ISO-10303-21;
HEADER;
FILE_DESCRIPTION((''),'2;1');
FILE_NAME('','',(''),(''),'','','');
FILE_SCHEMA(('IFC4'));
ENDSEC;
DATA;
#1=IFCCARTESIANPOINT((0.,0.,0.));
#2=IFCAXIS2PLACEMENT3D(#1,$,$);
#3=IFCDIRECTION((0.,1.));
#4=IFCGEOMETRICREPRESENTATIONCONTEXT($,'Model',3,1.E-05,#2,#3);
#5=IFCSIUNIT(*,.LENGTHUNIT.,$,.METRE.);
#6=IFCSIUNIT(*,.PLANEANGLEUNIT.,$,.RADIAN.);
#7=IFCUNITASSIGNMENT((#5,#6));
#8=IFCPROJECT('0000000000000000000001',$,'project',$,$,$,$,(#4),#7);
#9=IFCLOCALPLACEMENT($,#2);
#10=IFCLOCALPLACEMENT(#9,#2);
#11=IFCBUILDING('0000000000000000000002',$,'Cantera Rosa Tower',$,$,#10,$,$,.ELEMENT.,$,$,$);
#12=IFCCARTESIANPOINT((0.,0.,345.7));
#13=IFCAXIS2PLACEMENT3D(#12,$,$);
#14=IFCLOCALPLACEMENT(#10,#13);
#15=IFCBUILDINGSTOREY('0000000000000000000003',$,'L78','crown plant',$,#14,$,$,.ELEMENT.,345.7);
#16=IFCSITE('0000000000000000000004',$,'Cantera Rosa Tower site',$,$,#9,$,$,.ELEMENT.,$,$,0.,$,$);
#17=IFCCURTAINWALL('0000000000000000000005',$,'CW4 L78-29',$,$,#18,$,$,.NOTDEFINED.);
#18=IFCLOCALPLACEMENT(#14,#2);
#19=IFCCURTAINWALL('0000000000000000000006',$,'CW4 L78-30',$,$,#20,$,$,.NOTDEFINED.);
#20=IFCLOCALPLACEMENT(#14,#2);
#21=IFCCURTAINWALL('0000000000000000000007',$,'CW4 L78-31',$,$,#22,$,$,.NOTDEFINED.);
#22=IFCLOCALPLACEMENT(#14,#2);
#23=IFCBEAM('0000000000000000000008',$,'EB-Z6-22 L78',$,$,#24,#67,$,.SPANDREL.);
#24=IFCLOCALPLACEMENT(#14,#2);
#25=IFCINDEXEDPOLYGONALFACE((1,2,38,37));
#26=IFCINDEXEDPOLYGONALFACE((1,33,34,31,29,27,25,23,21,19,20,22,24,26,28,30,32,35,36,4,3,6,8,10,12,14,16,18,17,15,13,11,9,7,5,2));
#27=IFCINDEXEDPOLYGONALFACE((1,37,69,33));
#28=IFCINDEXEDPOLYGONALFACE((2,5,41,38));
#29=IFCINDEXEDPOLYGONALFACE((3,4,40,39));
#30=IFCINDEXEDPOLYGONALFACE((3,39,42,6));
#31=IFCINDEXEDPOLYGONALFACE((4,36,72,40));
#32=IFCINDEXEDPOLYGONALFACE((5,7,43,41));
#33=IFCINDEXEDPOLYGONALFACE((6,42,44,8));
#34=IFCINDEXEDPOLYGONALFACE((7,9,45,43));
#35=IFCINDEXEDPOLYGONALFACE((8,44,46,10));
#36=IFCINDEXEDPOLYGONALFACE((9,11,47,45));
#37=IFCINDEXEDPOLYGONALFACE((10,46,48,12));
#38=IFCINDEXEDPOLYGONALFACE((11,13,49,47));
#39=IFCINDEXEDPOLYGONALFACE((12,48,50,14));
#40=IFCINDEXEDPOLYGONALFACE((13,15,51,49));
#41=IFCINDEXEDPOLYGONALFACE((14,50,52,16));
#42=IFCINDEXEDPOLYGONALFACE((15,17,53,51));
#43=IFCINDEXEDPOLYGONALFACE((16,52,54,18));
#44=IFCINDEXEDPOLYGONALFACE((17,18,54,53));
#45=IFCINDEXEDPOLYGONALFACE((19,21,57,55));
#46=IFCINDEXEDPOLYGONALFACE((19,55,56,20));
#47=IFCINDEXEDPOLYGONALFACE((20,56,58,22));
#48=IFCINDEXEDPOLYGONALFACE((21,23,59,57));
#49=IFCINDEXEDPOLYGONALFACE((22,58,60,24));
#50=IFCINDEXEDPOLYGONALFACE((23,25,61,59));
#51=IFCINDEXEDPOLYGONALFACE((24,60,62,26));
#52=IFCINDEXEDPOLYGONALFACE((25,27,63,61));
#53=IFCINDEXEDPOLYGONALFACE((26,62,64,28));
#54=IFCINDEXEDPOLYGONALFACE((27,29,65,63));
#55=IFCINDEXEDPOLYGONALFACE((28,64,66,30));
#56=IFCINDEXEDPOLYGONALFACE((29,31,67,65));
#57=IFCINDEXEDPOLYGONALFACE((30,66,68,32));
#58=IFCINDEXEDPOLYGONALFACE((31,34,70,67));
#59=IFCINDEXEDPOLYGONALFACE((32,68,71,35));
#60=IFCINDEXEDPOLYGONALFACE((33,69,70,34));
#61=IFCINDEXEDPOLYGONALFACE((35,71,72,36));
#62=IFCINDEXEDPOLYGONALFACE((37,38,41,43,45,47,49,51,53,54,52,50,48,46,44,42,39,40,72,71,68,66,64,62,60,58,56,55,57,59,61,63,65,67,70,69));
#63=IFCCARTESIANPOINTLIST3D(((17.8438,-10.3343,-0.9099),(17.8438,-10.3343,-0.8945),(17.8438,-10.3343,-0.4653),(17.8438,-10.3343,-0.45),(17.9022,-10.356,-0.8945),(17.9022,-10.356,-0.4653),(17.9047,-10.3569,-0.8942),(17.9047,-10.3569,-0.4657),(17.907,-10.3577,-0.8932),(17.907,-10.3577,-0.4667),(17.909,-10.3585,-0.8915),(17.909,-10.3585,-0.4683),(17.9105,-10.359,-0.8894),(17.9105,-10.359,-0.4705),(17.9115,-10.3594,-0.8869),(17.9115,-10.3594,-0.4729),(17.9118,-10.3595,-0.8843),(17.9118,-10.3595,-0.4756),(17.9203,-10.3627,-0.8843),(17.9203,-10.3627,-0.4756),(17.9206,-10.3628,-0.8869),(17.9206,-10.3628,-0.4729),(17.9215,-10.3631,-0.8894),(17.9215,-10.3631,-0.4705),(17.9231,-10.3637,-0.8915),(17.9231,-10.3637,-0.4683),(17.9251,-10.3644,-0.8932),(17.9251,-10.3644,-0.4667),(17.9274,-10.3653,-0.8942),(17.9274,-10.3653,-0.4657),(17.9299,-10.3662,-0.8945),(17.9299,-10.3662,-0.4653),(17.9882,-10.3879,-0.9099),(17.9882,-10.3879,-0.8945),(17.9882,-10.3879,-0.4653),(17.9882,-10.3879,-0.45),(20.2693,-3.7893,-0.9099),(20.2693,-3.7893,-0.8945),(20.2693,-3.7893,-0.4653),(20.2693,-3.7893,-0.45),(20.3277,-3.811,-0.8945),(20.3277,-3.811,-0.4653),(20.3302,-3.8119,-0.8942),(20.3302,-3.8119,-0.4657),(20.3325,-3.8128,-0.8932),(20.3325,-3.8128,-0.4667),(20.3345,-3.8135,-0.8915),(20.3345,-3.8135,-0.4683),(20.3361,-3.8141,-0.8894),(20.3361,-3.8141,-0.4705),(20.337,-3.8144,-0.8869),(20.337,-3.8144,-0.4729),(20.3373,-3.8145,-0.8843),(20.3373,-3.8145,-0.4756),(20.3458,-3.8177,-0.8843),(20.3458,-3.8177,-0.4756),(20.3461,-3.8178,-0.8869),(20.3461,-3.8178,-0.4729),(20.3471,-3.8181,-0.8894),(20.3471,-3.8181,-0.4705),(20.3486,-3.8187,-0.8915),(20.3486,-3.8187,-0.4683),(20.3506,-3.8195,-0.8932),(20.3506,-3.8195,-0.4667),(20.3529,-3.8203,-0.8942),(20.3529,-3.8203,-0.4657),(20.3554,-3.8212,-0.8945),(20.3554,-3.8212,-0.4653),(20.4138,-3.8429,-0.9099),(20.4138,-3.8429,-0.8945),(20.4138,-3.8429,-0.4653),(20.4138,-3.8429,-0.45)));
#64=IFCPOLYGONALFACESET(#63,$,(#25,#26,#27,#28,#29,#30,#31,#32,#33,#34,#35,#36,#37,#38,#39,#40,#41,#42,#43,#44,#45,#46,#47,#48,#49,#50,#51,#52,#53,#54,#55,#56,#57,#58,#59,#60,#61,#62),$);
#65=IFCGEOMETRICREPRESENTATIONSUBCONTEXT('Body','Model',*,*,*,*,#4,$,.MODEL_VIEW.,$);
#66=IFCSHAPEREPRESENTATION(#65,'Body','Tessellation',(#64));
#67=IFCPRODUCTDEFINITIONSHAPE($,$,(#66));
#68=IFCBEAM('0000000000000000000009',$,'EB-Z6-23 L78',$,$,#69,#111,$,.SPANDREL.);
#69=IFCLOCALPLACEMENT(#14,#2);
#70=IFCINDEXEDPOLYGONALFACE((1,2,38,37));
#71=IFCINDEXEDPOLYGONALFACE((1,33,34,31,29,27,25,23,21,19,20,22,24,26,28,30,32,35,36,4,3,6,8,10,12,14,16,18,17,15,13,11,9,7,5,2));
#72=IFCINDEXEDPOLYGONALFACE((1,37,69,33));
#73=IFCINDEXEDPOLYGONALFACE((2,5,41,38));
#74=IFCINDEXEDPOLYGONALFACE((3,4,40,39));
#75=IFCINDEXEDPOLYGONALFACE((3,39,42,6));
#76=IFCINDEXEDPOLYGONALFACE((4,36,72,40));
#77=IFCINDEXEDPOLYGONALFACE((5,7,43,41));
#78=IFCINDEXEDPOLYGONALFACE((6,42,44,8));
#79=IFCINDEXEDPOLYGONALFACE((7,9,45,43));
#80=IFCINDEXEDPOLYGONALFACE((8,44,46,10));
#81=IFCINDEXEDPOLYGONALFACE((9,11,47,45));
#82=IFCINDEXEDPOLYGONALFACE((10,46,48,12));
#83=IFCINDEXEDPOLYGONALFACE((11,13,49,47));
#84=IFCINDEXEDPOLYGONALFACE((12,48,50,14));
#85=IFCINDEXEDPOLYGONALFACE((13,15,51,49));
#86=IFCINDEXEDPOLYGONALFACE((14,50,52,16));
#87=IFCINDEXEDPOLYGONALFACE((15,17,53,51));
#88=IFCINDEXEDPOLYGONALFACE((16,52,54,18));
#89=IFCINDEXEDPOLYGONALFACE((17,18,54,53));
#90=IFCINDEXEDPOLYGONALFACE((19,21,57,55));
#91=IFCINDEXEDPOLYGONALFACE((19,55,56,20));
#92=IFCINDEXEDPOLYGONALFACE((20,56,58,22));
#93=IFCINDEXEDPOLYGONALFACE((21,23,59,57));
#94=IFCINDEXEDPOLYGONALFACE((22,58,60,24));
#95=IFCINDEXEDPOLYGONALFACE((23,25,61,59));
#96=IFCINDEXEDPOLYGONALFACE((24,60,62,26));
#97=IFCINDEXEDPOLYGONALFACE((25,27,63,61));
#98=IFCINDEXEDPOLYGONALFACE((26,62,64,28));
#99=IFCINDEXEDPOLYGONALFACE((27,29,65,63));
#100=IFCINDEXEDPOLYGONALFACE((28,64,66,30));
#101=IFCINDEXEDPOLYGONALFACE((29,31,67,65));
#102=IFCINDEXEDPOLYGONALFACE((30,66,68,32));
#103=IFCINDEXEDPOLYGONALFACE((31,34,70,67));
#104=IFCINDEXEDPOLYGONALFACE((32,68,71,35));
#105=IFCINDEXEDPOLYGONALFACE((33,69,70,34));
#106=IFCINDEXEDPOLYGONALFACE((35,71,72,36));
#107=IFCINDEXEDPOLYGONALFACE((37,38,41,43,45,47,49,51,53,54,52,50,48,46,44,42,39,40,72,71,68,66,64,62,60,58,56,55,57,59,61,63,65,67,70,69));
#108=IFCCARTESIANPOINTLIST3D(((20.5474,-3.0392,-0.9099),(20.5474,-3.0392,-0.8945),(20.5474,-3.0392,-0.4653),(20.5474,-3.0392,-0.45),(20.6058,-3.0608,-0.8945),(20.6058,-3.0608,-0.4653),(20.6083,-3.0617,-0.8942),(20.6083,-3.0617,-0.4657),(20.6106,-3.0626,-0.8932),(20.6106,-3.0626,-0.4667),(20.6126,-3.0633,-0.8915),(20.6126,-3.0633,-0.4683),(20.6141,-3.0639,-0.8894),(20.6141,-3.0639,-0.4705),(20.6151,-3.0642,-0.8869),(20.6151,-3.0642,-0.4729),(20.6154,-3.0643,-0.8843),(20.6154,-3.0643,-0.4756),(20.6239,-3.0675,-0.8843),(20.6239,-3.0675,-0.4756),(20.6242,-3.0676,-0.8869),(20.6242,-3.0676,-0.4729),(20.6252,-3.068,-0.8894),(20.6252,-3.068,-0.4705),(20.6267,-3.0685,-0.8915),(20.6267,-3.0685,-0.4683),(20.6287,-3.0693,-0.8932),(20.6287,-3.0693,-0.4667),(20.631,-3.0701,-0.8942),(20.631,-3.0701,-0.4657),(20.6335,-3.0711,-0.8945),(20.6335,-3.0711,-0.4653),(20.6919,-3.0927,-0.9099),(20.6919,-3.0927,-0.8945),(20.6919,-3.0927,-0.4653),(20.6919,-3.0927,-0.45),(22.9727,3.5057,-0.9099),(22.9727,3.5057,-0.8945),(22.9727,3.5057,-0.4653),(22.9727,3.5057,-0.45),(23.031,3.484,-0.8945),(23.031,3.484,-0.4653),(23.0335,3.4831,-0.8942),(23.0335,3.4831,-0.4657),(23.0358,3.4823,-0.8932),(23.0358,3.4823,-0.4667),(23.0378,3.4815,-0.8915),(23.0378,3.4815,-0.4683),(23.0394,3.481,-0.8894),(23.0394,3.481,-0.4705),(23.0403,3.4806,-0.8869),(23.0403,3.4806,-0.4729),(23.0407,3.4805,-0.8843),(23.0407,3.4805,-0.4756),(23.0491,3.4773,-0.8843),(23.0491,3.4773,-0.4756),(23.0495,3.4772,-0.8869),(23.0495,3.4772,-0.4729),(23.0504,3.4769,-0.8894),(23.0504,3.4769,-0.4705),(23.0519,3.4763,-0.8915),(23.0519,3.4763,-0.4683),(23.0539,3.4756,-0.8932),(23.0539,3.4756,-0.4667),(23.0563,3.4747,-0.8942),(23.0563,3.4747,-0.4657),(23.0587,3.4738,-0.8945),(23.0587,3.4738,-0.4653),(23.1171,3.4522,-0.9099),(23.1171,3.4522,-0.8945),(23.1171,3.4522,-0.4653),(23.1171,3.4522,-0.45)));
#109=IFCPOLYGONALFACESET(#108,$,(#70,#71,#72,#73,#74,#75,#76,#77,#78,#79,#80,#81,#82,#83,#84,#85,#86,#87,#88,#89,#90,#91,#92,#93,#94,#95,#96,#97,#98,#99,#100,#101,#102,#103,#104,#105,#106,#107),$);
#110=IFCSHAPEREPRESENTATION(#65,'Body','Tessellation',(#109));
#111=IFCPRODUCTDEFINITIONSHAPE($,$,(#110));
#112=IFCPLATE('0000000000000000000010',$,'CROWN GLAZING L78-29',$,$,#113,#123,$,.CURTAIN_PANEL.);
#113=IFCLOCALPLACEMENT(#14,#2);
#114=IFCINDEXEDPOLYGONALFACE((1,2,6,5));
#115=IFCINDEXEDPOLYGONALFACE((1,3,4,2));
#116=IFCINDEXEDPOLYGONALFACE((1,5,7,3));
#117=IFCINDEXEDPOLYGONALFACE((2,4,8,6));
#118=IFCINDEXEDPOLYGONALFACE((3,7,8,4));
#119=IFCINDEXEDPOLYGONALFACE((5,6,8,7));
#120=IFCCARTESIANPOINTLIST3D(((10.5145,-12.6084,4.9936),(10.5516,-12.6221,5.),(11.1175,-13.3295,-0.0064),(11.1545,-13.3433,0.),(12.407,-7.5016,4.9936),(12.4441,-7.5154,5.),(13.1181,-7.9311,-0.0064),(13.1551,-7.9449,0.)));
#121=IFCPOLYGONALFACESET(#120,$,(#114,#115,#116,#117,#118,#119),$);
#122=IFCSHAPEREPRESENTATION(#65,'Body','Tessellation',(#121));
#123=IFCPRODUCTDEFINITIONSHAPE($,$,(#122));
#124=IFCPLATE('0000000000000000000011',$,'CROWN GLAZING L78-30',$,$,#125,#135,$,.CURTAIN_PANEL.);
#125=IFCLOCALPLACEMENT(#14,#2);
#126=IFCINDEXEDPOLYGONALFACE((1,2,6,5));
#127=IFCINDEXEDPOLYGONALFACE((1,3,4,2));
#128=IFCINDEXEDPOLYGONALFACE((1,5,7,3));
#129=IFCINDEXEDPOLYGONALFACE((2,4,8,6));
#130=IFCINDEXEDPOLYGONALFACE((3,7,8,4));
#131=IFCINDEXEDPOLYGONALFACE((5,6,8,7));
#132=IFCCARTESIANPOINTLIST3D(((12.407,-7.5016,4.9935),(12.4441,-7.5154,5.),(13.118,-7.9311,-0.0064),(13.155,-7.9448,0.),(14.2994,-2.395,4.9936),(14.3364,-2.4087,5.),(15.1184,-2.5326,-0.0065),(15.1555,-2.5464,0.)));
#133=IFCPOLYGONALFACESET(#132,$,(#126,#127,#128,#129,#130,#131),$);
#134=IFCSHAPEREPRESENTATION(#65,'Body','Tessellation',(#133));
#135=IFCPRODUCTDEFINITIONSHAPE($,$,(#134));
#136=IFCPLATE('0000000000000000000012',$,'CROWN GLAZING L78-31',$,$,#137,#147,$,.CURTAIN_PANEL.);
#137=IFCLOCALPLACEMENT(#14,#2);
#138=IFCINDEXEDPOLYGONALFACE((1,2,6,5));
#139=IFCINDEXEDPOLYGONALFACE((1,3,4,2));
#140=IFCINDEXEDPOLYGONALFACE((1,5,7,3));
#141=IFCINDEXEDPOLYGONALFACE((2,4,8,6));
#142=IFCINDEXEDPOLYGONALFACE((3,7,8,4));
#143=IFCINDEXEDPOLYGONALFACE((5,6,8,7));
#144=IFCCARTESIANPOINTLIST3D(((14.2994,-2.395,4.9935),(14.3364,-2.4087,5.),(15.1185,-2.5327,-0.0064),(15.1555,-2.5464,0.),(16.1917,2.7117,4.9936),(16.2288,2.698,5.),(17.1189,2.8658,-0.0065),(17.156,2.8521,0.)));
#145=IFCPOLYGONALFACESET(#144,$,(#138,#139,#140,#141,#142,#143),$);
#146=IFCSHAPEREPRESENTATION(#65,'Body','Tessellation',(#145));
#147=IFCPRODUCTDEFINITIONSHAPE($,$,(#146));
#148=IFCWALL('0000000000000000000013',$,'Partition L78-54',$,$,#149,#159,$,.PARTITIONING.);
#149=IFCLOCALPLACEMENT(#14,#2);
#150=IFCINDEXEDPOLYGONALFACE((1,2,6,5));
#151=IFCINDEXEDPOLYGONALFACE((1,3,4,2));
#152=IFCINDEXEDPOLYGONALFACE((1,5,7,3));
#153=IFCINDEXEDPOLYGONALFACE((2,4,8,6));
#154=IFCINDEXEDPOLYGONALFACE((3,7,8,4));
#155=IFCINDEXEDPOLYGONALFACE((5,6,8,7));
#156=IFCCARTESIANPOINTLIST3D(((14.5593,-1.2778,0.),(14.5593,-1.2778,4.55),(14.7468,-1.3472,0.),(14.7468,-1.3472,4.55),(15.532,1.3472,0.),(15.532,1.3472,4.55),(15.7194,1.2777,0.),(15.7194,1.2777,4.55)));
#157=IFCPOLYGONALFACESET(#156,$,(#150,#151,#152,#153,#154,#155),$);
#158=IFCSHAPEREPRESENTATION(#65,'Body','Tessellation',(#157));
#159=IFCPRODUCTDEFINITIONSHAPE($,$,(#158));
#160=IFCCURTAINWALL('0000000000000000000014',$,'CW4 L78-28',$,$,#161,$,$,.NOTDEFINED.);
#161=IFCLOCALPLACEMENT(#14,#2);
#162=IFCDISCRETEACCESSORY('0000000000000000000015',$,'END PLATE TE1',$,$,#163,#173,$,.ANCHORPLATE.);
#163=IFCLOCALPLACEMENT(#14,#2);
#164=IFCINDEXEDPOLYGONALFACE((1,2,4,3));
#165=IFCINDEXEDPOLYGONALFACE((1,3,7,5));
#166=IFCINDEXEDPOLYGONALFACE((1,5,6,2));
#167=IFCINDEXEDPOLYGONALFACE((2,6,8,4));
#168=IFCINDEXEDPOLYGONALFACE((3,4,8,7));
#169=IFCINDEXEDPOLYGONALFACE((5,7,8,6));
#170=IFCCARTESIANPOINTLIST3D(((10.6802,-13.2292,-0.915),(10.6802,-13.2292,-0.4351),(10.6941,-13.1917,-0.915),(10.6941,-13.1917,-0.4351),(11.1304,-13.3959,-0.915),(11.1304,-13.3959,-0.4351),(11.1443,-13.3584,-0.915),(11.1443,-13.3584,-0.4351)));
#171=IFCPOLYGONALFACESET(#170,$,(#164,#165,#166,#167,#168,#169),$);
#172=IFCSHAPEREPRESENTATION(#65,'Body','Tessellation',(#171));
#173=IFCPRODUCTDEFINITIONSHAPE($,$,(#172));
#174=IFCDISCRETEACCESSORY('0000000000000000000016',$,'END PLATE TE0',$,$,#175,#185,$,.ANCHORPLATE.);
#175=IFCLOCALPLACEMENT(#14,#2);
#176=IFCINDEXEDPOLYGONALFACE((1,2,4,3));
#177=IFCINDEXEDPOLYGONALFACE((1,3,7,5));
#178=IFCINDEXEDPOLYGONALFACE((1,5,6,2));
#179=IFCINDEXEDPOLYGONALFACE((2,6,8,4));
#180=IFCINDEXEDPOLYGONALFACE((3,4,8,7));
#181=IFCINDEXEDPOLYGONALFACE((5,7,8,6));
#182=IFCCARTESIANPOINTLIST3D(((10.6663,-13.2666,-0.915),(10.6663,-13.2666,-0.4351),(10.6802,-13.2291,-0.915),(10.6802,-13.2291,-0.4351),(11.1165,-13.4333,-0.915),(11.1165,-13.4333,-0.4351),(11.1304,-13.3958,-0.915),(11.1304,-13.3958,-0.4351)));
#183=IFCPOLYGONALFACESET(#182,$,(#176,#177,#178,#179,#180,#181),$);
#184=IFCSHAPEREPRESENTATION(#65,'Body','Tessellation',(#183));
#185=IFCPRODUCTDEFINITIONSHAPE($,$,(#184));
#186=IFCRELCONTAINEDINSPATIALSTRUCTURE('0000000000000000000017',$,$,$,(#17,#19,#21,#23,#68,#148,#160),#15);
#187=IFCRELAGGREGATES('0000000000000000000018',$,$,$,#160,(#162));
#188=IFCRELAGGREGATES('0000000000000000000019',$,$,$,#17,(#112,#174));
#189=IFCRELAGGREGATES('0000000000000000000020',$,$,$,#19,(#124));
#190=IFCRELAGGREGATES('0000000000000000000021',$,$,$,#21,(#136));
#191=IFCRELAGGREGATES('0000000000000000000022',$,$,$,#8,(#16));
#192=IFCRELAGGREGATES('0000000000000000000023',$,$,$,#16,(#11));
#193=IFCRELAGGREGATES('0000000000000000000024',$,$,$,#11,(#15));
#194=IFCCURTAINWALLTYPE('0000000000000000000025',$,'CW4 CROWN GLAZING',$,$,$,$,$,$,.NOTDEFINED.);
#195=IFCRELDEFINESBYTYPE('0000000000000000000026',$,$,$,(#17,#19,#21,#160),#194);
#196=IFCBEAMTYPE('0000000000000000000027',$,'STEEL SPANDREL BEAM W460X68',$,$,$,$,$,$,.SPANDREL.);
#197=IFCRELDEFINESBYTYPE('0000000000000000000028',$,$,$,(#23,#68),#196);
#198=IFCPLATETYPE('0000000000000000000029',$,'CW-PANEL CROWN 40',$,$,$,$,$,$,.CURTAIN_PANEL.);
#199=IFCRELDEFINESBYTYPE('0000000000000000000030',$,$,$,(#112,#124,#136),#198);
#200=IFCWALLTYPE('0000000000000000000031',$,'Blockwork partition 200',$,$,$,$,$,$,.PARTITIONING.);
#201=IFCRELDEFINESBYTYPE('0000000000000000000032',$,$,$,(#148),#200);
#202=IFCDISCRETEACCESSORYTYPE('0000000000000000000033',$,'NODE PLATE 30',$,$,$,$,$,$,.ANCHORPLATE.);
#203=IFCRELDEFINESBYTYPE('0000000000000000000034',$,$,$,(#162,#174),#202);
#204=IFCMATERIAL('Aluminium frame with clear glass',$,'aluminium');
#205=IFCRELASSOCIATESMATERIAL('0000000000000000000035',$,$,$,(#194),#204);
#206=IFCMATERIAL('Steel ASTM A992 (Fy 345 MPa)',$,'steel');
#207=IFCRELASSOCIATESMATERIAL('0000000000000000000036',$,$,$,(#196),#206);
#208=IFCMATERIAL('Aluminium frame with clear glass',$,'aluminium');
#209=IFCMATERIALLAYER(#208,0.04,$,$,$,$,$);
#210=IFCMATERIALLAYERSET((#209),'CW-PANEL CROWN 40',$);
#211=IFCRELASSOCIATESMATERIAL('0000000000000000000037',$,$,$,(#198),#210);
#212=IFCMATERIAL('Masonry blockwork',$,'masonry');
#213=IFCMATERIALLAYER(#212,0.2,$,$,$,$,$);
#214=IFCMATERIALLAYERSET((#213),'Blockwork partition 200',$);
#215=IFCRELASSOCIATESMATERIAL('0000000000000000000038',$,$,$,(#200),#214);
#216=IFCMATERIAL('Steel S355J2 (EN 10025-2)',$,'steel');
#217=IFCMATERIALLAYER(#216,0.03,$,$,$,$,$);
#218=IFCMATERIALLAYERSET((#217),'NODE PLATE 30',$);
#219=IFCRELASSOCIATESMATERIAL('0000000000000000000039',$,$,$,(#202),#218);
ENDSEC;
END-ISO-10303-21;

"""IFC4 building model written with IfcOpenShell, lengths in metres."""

from ifc_helpers import new_model, si_unit, direction, frame, frame_2d, origin, origin_2d, place, context, subcontext, project, spatial, polyline, rectangle, i_section, outline, extrude, material, layer, layer_set, material_profile, profile_set, type_object, element, aggregate, save


model = new_model("IFC4")

# Units and contexts
model_context = context("Model", 3, precision=1e-05, world=origin(), true_north=direction((0.0, 1.0)))
body_context = subcontext(model_context, "Body", "Model", "MODEL_VIEW")
ifc_project = project(units=[si_unit("LENGTHUNIT", "METRE"), si_unit("PLANEANGLEUNIT", "RADIAN")], contexts=[model_context])

# Site, building, storey
site_placement = place(None, origin())
site = spatial("IfcSite", under=ifc_project, at=site_placement, Name="Cantera Rosa Tower site", CompositionType="ELEMENT", RefElevation=0.0)
building_placement = place(site_placement, origin())
building = spatial("IfcBuilding", under=site, at=building_placement, Name="Cantera Rosa Tower", CompositionType="ELEMENT")
storey_placement = place(building_placement, frame((0.0, 0.0, 345.7)))
storey = spatial("IfcBuildingStorey", under=building, at=storey_placement, Name="L78", Description="crown plant", CompositionType="ELEMENT", Elevation=345.7)

# Curtain walls
ifc_material_1 = material(Name="Aluminium frame with clear glass", Category="aluminium")
curtain_wall_type = type_object("IfcCurtainWallType", Name="CW4 CROWN GLAZING", PredefinedType="NOTDEFINED", material=ifc_material_1)
curtain_wall_1_placement = place(storey_placement, origin())
curtain_wall_1 = element("IfcCurtainWall", 1, at=curtain_wall_1_placement, inside=storey, type_object=curtain_wall_type, Name="CW4 L78-29", PredefinedType="NOTDEFINED")
curtain_wall_2_placement = place(storey_placement, origin())
curtain_wall_2 = element("IfcCurtainWall", 2, at=curtain_wall_2_placement, inside=storey, type_object=curtain_wall_type, Name="CW4 L78-30", PredefinedType="NOTDEFINED")
curtain_wall_3_placement = place(storey_placement, origin())
curtain_wall_3 = element("IfcCurtainWall", 3, at=curtain_wall_3_placement, inside=storey, type_object=curtain_wall_type, Name="CW4 L78-31", PredefinedType="NOTDEFINED")

# Beams
ifc_material_2 = material(Name="Steel ASTM A992 (Fy 345 MPa)", Category="steel")
ifc_material_profile_1 = material_profile(ifc_material_2, i_section(OverallWidth=0.1541, OverallDepth=0.46, WebThickness=0.009, FlangeThickness=0.0154, FilletRadius=0.0103, at=origin_2d()), Name="W460X68")
ifc_profile_set_1 = profile_set([ifc_material_profile_1], Name="Steel ASTM A992 (Fy 345 MPa)")
beam_type_1 = type_object("IfcBeamType", Name="STEEL SPANDREL BEAM W460X68", PredefinedType="SPANDREL", material=ifc_profile_set_1)
beam_1_placement = place(storey_placement, frame((17.916, -10.3611, -0.6799), z_axis=(0.347502, 0.937679, 0.0), x_axis=(-0.937679, 0.347502, 0.0)))
element("IfcBeam", 4, at=beam_1_placement, inside=storey, type_object=beam_type_1, Name="EB-Z6-22 L78", PredefinedType="SPANDREL", context=body_context, shape_type="SweptSolid", body=[
    extrude(i_section(OverallWidth=0.1541, OverallDepth=0.46, WebThickness=0.009, FlangeThickness=0.0154, FilletRadius=0.0103, at=origin_2d()), origin(), (0.0, 0.0, 1.0), 6.98),
])
beam_2_placement = place(storey_placement, frame((20.6196, -3.0659, -0.6799), z_axis=(0.347472, 0.937691, 0.0), x_axis=(-0.937691, 0.347472, 0.0)))
element("IfcBeam", 5, at=beam_2_placement, inside=storey, type_object=beam_type_1, Name="EB-Z6-23 L78", PredefinedType="SPANDREL", context=body_context, shape_type="SweptSolid", body=[
    extrude(i_section(OverallWidth=0.1541, OverallDepth=0.46, WebThickness=0.009, FlangeThickness=0.0154, FilletRadius=0.0103, at=origin_2d()), origin(), (0.0, 0.0, 1.0), 6.9797),
])

# Plates
ifc_material_3 = material(Name="Aluminium frame with clear glass", Category="aluminium")
ifc_layer_1 = layer(ifc_material_3, 0.04)
ifc_layer_set_1 = layer_set([ifc_layer_1], Name="CW-PANEL CROWN 40")
plate_type = type_object("IfcPlateType", Name="CW-PANEL CROWN 40", PredefinedType="CURTAIN_PANEL", material=ifc_layer_set_1)
plate_1_placement = place(storey_placement, frame((11.1545, -13.3433, 0.0), z_axis=(0.92544, -0.342956, 0.161061), x_axis=(0.347493, 0.937683, 0.000003)))
plate_1 = element("IfcPlate", 6, at=plate_1_placement, type_object=plate_type, Name="CROWN GLAZING L78-29", PredefinedType="CURTAIN_PANEL", context=body_context, shape_type="SweptSolid", body=[
    extrude(outline(polyline([(0.0, 0.0), (5.7572, 0.0), (5.9128, 5.0661), (0.4667, 5.0662), (0.0, 0.0)])), origin(), (0.0, 0.0, -1.0), 0.04),
])
plate_2_placement = place(storey_placement, frame((13.155, -7.9448, 0.0), z_axis=(0.92545, -0.342938, 0.161046), x_axis=(0.347474, 0.93769, -0.000001)))
plate_2 = element("IfcPlate", 7, at=plate_2_placement, type_object=plate_type, Name="CROWN GLAZING L78-30", PredefinedType="CURTAIN_PANEL", context=body_context, shape_type="SweptSolid", body=[
    extrude(outline(polyline([(0.0, 0.0), (5.7572, 0.0), (5.6017, 5.0661), (0.1556, 5.0661), (0.0, 0.0)])), origin(), (0.0, 0.0, -1.0), 0.04),
])
plate_3_placement = place(storey_placement, frame((15.1555, -2.5464, 0.0), z_axis=(0.925449, -0.342938, 0.161054), x_axis=(0.347474, 0.93769, -0.000001)))
plate_3 = element("IfcPlate", 8, at=plate_3_placement, type_object=plate_type, Name="CROWN GLAZING L78-31", PredefinedType="CURTAIN_PANEL", context=body_context, shape_type="SweptSolid", body=[
    extrude(outline(polyline([(0.0, 0.0), (5.7572, 0.0), (5.2905, 5.0661), (-0.1555, 5.0661), (0.0, 0.0)])), origin(), (0.0, 0.0, -1.0), 0.04),
])

# Wall
ifc_material_4 = material(Name="Masonry blockwork", Category="masonry")
ifc_layer_2 = layer(ifc_material_4, 0.2)
ifc_layer_set_2 = layer_set([ifc_layer_2], Name="Blockwork partition 200")
wall_type = type_object("IfcWallType", Name="Blockwork partition 200", PredefinedType="PARTITIONING", material=ifc_layer_set_2)
wall_placement = place(storey_placement, frame((14.6531, -1.3125, 0.0), z_axis=(0.0, 0.0, 1.0), x_axis=(0.347451, 0.937698, 0.0)))
element("IfcWall", 9, at=wall_placement, inside=storey, type_object=wall_type, Name="Partition L78-54", PredefinedType="PARTITIONING", context=body_context, shape_type="SweptSolid", body=[
    extrude(rectangle(XDim=2.7993, YDim=0.2, at=frame_2d((1.3997, 0.0))), origin(), (0.0, 0.0, 1.0), 4.55),
])

# Curtain wall, discrete accessory
curtain_wall_4_placement = place(storey_placement, origin())
curtain_wall_4 = element("IfcCurtainWall", 10, at=curtain_wall_4_placement, inside=storey, type_object=curtain_wall_type, Name="CW4 L78-28", PredefinedType="NOTDEFINED")
ifc_material_5 = material(Name="Steel S355J2 (EN 10025-2)", Category="steel")
ifc_layer_3 = layer(ifc_material_5, 0.03)
ifc_layer_set_3 = layer_set([ifc_layer_3], Name="NODE PLATE 30")
discrete_accessory_type = type_object("IfcDiscreteAccessoryType", Name="NODE PLATE 30", PredefinedType="ANCHORPLATE", material=ifc_layer_set_3)
discrete_accessory_1_placement = place(storey_placement, frame((10.6941, -13.1917, -0.4351), z_axis=(0.347331, 0.937743, 0.0), x_axis=(0.937743, -0.347331, 0.0)))
discrete_accessory_1 = element("IfcDiscreteAccessory", 11, at=discrete_accessory_1_placement, type_object=discrete_accessory_type, Name="END PLATE TE1", PredefinedType="ANCHORPLATE", context=body_context, shape_type="SweptSolid", body=[
    extrude(outline(polyline([(0.0, 0.0), (0.4801, 0.0), (0.4801, 0.48), (0.0, 0.48), (0.0, 0.0)])), origin(), (0.0, 0.0, -1.0), 0.04),
])
aggregate(curtain_wall_4, [discrete_accessory_1])

# Discrete accessory
discrete_accessory_2_placement = place(storey_placement, frame((11.1165, -13.4333, -0.4351), z_axis=(-0.347331, -0.937743, 0.0), x_axis=(-0.937743, 0.347331, 0.0)))
discrete_accessory_2 = element("IfcDiscreteAccessory", 12, at=discrete_accessory_2_placement, type_object=discrete_accessory_type, Name="END PLATE TE0", PredefinedType="ANCHORPLATE", context=body_context, shape_type="SweptSolid", body=[
    extrude(outline(polyline([(0.0, 0.0), (0.4801, 0.0), (0.4801, 0.48), (0.0, 0.48), (0.0, 0.0)])), origin(), (0.0, 0.0, -1.0), 0.04),
])
aggregate(curtain_wall_1, [plate_1, discrete_accessory_2])
aggregate(curtain_wall_2, [plate_2])
aggregate(curtain_wall_3, [plate_3])

save(model, "model.ifc")
